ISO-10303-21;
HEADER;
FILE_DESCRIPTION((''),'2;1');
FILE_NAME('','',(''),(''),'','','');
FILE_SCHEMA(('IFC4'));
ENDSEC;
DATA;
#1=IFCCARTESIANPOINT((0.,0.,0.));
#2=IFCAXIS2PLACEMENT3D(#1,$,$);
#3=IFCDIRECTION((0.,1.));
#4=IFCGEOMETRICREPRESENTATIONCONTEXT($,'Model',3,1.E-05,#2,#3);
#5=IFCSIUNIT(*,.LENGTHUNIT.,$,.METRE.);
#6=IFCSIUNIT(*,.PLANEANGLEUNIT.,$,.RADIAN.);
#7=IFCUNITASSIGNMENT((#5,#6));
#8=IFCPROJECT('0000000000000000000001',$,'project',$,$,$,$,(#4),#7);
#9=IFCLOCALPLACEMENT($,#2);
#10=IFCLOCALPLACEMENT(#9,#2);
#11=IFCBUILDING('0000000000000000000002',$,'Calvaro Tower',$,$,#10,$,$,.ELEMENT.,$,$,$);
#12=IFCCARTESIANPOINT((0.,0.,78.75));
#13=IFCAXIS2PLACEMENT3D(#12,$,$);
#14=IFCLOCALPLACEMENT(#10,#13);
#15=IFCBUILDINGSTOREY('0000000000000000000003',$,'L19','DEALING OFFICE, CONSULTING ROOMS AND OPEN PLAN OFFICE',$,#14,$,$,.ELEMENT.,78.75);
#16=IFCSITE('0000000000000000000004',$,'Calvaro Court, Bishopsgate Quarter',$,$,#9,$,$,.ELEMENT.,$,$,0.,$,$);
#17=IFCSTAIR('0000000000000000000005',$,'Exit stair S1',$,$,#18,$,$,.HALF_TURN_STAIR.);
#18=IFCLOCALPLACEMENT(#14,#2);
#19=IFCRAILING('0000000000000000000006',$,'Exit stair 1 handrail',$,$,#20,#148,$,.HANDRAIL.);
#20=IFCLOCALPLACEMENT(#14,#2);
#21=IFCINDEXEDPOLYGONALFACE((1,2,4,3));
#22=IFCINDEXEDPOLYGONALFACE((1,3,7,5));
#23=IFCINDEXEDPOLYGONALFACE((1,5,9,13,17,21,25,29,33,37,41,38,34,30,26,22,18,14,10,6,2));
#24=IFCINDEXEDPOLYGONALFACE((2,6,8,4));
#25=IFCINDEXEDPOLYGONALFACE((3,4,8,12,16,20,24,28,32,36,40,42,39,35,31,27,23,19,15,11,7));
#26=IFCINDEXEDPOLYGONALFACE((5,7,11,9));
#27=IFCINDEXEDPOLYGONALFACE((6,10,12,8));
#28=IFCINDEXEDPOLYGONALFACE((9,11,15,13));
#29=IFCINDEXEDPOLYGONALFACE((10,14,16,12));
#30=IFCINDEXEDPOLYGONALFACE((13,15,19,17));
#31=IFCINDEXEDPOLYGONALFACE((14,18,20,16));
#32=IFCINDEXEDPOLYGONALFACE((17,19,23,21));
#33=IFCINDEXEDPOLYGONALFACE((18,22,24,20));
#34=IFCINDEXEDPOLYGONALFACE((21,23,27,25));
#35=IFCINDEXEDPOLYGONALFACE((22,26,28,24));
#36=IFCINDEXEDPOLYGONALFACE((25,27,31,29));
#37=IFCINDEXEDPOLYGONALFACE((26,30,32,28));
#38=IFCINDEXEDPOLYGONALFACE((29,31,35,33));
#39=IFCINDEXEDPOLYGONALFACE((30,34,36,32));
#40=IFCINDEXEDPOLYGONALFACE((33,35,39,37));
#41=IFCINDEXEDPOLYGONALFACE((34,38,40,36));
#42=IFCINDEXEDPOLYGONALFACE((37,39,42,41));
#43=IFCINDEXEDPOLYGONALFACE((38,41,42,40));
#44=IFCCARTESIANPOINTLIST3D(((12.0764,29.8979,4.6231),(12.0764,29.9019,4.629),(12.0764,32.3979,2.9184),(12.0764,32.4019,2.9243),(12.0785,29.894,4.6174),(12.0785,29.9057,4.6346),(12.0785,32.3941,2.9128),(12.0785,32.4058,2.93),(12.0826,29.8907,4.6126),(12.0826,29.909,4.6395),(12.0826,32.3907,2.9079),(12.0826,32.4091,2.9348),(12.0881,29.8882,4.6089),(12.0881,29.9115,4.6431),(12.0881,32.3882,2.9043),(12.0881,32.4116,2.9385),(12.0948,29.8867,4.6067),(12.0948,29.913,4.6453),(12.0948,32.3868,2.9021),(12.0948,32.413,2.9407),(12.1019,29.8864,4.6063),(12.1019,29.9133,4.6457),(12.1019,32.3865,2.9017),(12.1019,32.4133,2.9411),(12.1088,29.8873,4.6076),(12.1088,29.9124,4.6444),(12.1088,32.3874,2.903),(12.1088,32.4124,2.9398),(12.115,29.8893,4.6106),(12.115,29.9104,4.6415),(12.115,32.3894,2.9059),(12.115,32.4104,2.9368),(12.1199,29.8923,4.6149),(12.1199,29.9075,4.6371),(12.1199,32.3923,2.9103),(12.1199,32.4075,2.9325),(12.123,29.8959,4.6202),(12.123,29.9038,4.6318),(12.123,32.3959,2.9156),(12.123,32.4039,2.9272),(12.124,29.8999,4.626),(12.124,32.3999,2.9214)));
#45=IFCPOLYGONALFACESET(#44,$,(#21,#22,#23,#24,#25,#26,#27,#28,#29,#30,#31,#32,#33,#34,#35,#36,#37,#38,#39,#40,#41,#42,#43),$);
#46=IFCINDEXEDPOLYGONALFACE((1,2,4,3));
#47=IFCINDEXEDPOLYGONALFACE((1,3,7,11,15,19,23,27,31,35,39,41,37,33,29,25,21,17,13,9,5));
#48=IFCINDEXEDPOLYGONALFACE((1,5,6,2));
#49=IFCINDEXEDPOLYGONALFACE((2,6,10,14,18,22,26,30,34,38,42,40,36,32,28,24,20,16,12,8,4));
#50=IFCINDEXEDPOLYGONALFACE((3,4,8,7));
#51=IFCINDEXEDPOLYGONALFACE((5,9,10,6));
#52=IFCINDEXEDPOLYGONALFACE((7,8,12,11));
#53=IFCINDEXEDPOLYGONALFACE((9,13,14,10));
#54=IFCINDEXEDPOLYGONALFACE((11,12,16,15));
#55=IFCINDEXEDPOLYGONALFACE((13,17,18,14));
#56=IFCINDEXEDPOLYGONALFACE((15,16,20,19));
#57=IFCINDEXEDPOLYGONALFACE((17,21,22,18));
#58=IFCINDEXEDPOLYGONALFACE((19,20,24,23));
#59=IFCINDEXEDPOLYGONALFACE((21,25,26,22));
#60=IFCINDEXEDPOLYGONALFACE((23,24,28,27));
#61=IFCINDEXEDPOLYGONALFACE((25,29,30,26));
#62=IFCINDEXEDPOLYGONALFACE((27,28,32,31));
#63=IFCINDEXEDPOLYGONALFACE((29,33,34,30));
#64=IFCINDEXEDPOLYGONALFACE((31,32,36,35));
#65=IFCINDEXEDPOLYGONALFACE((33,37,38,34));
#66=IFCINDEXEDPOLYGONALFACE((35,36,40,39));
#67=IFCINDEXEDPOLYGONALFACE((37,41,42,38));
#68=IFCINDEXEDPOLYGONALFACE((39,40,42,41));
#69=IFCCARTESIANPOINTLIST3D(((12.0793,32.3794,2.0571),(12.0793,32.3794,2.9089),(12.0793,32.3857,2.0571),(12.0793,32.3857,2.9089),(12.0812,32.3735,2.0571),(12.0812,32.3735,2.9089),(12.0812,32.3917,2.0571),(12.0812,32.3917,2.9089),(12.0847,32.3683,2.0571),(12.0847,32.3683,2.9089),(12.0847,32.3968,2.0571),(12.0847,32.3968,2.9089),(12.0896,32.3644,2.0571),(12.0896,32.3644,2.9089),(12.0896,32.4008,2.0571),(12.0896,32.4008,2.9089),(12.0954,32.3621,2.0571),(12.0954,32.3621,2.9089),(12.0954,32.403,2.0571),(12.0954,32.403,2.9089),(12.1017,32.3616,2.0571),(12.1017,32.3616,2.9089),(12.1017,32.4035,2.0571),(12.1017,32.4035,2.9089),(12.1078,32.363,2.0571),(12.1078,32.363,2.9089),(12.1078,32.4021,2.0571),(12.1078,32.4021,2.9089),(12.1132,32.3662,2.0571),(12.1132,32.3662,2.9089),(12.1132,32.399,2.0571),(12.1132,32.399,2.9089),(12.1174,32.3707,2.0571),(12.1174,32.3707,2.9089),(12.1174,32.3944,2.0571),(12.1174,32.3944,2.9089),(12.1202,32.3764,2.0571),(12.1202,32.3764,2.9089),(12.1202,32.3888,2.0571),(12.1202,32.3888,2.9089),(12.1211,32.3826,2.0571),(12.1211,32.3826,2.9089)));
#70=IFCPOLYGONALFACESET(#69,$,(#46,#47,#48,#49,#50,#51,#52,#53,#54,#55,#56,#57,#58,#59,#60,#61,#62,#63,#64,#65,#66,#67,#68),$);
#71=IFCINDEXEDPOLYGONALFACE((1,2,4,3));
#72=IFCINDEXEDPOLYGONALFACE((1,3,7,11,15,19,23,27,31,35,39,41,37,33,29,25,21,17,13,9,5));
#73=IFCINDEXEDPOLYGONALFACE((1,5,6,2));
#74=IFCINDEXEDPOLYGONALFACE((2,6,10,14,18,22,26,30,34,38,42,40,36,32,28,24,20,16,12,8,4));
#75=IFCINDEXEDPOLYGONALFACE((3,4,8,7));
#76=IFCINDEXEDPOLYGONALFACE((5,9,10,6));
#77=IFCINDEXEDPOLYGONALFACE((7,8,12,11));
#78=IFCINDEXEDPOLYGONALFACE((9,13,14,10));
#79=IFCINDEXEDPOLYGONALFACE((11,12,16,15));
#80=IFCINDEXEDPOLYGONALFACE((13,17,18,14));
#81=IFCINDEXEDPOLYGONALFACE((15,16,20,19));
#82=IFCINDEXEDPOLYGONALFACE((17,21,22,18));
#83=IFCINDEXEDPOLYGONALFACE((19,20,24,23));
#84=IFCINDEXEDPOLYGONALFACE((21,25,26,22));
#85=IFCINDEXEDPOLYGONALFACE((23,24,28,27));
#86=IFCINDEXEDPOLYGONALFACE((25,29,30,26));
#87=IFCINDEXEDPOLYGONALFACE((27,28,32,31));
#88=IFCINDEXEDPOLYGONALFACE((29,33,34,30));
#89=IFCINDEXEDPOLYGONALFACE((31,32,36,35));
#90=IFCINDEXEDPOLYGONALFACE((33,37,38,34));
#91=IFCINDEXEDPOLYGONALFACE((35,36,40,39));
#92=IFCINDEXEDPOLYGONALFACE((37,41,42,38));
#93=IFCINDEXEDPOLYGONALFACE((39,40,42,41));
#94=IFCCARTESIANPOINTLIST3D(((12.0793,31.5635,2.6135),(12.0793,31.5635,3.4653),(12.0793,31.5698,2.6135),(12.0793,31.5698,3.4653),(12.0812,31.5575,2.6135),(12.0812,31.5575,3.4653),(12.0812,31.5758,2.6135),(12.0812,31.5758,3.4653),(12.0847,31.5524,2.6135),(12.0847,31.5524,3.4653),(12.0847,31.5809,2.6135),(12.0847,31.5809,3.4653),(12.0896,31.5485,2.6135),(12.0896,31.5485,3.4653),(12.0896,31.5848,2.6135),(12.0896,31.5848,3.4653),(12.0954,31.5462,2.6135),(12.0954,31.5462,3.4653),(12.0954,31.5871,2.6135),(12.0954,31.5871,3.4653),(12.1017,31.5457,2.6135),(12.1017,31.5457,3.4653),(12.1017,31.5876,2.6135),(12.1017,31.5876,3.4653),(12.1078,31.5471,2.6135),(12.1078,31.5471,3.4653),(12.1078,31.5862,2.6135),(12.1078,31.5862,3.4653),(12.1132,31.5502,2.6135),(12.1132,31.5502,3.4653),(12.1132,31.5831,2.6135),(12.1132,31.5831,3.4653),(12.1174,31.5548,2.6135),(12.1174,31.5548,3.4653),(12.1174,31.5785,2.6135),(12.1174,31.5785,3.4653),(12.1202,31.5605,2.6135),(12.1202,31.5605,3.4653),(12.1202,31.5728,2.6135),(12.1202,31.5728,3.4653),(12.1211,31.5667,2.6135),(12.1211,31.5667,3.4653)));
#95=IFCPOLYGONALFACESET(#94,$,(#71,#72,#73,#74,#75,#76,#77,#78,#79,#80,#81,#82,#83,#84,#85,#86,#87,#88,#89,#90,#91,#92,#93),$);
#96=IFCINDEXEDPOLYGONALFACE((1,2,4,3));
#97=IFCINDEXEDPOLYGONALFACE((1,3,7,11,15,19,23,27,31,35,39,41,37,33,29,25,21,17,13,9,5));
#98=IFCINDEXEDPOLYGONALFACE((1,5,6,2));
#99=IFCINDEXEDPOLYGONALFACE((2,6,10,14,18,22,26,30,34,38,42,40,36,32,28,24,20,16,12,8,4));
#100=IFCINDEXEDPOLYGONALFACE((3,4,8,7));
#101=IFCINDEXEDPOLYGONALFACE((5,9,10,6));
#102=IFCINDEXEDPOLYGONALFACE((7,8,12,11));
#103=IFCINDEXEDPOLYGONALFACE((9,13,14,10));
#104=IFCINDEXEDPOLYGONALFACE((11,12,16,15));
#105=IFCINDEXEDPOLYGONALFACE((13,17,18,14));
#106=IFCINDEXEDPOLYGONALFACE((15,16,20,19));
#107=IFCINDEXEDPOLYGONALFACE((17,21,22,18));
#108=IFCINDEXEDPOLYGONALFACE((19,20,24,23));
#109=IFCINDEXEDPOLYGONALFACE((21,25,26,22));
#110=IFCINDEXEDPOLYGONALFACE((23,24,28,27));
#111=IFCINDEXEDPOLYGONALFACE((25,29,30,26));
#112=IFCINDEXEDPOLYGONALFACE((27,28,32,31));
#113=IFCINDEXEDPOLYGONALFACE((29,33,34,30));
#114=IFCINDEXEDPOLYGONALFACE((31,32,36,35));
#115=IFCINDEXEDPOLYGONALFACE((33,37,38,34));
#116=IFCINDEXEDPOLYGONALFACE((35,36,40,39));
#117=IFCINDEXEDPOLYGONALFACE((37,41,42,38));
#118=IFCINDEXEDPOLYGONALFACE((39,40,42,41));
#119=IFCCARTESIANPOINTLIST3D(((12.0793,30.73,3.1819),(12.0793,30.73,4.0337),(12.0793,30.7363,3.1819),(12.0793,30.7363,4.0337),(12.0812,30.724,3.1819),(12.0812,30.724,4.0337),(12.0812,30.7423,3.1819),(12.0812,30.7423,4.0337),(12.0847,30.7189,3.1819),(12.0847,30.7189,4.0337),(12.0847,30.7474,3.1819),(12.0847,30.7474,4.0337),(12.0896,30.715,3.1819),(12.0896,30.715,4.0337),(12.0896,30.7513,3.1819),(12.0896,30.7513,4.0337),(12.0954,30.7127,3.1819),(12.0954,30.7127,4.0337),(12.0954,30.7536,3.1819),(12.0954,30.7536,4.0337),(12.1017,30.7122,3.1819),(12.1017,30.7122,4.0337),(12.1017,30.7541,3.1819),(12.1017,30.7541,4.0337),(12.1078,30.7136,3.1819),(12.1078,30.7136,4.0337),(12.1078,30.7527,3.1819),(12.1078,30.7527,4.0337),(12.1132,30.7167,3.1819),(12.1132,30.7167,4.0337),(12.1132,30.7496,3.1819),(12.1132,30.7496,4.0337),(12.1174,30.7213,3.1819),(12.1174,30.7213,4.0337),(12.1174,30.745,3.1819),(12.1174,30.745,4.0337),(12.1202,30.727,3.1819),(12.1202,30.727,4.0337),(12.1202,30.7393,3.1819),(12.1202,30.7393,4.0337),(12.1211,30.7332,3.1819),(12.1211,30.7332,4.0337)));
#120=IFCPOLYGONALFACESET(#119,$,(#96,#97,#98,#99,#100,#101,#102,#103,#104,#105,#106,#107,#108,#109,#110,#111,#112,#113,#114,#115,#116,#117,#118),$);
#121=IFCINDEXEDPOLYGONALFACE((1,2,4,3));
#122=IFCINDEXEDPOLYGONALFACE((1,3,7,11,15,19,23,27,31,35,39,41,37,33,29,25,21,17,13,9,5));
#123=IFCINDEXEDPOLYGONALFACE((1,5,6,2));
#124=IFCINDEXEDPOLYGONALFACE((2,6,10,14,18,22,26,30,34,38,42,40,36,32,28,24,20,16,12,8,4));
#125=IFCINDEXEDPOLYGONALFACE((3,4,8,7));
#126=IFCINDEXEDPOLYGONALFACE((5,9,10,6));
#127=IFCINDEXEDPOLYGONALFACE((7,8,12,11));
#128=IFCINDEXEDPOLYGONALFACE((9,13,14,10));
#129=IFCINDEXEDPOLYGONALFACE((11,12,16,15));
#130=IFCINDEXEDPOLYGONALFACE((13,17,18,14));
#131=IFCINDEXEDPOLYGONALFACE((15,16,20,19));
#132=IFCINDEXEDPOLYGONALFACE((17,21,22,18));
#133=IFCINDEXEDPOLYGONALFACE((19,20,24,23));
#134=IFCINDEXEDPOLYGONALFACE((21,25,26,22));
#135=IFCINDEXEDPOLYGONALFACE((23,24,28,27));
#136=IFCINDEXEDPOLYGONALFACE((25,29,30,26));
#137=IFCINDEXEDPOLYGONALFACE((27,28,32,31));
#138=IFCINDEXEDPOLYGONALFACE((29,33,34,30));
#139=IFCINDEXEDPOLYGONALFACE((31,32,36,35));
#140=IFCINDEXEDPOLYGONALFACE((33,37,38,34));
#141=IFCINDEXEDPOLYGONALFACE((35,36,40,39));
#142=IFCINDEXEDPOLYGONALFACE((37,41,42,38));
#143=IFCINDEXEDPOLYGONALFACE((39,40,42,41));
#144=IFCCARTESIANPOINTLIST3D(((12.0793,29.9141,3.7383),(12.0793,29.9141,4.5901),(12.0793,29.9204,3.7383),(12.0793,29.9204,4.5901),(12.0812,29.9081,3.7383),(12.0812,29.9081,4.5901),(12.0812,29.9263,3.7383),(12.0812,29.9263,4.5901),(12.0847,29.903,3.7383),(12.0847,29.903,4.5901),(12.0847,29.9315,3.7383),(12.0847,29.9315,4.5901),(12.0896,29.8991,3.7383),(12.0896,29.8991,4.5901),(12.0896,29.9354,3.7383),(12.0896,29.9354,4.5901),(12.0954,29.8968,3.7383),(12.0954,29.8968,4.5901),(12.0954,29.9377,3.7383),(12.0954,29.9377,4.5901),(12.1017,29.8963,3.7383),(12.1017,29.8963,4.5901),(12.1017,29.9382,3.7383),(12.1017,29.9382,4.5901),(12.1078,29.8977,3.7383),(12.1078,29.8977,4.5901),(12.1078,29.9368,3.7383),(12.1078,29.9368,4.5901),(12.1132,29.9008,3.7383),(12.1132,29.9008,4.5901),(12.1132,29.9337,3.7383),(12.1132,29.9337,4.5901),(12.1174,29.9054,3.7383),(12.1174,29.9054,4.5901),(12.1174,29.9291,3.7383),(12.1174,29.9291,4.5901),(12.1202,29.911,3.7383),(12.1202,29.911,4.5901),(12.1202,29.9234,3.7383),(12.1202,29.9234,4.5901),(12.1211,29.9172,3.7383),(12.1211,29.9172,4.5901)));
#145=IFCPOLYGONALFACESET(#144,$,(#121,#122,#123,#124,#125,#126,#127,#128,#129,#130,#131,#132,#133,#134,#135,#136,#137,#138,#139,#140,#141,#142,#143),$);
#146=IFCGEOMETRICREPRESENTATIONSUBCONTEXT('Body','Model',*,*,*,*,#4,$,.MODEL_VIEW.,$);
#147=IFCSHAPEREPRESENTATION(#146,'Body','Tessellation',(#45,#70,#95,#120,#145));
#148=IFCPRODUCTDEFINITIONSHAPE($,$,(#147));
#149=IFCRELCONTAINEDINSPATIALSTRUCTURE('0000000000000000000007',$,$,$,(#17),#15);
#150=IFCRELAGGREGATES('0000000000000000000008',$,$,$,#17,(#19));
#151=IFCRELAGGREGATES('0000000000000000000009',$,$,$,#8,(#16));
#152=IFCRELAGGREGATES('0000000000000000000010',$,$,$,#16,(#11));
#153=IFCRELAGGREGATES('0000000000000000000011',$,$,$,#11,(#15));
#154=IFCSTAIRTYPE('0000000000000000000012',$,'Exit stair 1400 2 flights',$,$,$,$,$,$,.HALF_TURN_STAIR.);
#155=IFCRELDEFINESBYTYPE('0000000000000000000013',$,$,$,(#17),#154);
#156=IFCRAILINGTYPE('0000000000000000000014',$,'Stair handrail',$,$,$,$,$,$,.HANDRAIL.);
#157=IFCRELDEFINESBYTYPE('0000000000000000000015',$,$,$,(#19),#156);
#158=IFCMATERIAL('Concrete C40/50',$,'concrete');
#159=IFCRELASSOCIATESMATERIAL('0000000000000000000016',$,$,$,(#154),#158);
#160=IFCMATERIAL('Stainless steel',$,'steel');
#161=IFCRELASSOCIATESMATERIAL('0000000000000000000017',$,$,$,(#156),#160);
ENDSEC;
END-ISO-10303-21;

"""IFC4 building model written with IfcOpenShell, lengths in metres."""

from ifc_helpers import new_model, si_unit, direction, frame, origin, origin_2d, place, context, subcontext, project, spatial, circle, extrude, material, type_object, element, aggregate, save


model = new_model("IFC4")

# Units and contexts
model_context = context("Model", 3, precision=1e-05, world=origin(), true_north=direction((0.0, 1.0)))
body_context = subcontext(model_context, "Body", "Model", "MODEL_VIEW")
ifc_project = project(units=[si_unit("LENGTHUNIT", "METRE"), si_unit("PLANEANGLEUNIT", "RADIAN")], contexts=[model_context])

# Site, building, storey
site_placement = place(None, origin())
site = spatial("IfcSite", under=ifc_project, at=site_placement, Name="Calvaro Court, Bishopsgate Quarter", CompositionType="ELEMENT", RefElevation=0.0)
building_placement = place(site_placement, origin())
building = spatial("IfcBuilding", under=site, at=building_placement, Name="Calvaro Tower", CompositionType="ELEMENT")
storey_placement = place(building_placement, frame((0.0, 0.0, 78.75)))
storey = spatial("IfcBuildingStorey", under=building, at=storey_placement, Name="L19", Description="DEALING OFFICE, CONSULTING ROOMS AND OPEN PLAN OFFICE", CompositionType="ELEMENT", Elevation=78.75)

# Stair, railing
ifc_material_1 = material(Name="Concrete C40/50", Category="concrete")
stair_type = type_object("IfcStairType", Name="Exit stair 1400 2 flights", PredefinedType="HALF_TURN_STAIR", material=ifc_material_1)
stair_placement = place(storey_placement, origin())
stair = element("IfcStair", 1, at=stair_placement, inside=storey, type_object=stair_type, Name="Exit stair S1", PredefinedType="HALF_TURN_STAIR")
ifc_material_2 = material(Name="Stainless steel", Category="steel")
railing_type = type_object("IfcRailingType", Name="Stair handrail", PredefinedType="HANDRAIL", material=ifc_material_2)
railing_1_placement = place(storey_placement, frame((12.1001, 32.3999, 2.0454)))
railing_1 = element("IfcRailing", 2, at=railing_1_placement, type_object=railing_type, Name="Exit stair 1 handrail", PredefinedType="HANDRAIL", context=body_context, shape_type="SweptSolid", body=[
    extrude(circle(Radius=0.0239, at=origin_2d()), frame((0.0, 0.0, 0.876), z_axis=(0.0, -0.826221, 0.563347), x_axis=(1.0, 0.0, 0.0)), (0.0, 0.0, 1.0), 3.0259),
    extrude(circle(Radius=0.021, at=origin_2d()), frame((0.0, -0.0173, 0.0117)), (0.0, 0.0, 1.0), 0.8518),
    extrude(circle(Radius=0.021, at=origin_2d()), frame((0.0, -0.8333, 0.5681)), (0.0, 0.0, 1.0), 0.8518),
    extrude(circle(Radius=0.021, at=origin_2d()), frame((0.0, -1.6667, 1.1365)), (0.0, 0.0, 1.0), 0.8518),
    extrude(circle(Radius=0.021, at=origin_2d()), frame((0.0, -2.4827, 1.6929)), (0.0, 0.0, 1.0), 0.8518),
])
aggregate(stair, [railing_1])

save(model, "model.ifc")
